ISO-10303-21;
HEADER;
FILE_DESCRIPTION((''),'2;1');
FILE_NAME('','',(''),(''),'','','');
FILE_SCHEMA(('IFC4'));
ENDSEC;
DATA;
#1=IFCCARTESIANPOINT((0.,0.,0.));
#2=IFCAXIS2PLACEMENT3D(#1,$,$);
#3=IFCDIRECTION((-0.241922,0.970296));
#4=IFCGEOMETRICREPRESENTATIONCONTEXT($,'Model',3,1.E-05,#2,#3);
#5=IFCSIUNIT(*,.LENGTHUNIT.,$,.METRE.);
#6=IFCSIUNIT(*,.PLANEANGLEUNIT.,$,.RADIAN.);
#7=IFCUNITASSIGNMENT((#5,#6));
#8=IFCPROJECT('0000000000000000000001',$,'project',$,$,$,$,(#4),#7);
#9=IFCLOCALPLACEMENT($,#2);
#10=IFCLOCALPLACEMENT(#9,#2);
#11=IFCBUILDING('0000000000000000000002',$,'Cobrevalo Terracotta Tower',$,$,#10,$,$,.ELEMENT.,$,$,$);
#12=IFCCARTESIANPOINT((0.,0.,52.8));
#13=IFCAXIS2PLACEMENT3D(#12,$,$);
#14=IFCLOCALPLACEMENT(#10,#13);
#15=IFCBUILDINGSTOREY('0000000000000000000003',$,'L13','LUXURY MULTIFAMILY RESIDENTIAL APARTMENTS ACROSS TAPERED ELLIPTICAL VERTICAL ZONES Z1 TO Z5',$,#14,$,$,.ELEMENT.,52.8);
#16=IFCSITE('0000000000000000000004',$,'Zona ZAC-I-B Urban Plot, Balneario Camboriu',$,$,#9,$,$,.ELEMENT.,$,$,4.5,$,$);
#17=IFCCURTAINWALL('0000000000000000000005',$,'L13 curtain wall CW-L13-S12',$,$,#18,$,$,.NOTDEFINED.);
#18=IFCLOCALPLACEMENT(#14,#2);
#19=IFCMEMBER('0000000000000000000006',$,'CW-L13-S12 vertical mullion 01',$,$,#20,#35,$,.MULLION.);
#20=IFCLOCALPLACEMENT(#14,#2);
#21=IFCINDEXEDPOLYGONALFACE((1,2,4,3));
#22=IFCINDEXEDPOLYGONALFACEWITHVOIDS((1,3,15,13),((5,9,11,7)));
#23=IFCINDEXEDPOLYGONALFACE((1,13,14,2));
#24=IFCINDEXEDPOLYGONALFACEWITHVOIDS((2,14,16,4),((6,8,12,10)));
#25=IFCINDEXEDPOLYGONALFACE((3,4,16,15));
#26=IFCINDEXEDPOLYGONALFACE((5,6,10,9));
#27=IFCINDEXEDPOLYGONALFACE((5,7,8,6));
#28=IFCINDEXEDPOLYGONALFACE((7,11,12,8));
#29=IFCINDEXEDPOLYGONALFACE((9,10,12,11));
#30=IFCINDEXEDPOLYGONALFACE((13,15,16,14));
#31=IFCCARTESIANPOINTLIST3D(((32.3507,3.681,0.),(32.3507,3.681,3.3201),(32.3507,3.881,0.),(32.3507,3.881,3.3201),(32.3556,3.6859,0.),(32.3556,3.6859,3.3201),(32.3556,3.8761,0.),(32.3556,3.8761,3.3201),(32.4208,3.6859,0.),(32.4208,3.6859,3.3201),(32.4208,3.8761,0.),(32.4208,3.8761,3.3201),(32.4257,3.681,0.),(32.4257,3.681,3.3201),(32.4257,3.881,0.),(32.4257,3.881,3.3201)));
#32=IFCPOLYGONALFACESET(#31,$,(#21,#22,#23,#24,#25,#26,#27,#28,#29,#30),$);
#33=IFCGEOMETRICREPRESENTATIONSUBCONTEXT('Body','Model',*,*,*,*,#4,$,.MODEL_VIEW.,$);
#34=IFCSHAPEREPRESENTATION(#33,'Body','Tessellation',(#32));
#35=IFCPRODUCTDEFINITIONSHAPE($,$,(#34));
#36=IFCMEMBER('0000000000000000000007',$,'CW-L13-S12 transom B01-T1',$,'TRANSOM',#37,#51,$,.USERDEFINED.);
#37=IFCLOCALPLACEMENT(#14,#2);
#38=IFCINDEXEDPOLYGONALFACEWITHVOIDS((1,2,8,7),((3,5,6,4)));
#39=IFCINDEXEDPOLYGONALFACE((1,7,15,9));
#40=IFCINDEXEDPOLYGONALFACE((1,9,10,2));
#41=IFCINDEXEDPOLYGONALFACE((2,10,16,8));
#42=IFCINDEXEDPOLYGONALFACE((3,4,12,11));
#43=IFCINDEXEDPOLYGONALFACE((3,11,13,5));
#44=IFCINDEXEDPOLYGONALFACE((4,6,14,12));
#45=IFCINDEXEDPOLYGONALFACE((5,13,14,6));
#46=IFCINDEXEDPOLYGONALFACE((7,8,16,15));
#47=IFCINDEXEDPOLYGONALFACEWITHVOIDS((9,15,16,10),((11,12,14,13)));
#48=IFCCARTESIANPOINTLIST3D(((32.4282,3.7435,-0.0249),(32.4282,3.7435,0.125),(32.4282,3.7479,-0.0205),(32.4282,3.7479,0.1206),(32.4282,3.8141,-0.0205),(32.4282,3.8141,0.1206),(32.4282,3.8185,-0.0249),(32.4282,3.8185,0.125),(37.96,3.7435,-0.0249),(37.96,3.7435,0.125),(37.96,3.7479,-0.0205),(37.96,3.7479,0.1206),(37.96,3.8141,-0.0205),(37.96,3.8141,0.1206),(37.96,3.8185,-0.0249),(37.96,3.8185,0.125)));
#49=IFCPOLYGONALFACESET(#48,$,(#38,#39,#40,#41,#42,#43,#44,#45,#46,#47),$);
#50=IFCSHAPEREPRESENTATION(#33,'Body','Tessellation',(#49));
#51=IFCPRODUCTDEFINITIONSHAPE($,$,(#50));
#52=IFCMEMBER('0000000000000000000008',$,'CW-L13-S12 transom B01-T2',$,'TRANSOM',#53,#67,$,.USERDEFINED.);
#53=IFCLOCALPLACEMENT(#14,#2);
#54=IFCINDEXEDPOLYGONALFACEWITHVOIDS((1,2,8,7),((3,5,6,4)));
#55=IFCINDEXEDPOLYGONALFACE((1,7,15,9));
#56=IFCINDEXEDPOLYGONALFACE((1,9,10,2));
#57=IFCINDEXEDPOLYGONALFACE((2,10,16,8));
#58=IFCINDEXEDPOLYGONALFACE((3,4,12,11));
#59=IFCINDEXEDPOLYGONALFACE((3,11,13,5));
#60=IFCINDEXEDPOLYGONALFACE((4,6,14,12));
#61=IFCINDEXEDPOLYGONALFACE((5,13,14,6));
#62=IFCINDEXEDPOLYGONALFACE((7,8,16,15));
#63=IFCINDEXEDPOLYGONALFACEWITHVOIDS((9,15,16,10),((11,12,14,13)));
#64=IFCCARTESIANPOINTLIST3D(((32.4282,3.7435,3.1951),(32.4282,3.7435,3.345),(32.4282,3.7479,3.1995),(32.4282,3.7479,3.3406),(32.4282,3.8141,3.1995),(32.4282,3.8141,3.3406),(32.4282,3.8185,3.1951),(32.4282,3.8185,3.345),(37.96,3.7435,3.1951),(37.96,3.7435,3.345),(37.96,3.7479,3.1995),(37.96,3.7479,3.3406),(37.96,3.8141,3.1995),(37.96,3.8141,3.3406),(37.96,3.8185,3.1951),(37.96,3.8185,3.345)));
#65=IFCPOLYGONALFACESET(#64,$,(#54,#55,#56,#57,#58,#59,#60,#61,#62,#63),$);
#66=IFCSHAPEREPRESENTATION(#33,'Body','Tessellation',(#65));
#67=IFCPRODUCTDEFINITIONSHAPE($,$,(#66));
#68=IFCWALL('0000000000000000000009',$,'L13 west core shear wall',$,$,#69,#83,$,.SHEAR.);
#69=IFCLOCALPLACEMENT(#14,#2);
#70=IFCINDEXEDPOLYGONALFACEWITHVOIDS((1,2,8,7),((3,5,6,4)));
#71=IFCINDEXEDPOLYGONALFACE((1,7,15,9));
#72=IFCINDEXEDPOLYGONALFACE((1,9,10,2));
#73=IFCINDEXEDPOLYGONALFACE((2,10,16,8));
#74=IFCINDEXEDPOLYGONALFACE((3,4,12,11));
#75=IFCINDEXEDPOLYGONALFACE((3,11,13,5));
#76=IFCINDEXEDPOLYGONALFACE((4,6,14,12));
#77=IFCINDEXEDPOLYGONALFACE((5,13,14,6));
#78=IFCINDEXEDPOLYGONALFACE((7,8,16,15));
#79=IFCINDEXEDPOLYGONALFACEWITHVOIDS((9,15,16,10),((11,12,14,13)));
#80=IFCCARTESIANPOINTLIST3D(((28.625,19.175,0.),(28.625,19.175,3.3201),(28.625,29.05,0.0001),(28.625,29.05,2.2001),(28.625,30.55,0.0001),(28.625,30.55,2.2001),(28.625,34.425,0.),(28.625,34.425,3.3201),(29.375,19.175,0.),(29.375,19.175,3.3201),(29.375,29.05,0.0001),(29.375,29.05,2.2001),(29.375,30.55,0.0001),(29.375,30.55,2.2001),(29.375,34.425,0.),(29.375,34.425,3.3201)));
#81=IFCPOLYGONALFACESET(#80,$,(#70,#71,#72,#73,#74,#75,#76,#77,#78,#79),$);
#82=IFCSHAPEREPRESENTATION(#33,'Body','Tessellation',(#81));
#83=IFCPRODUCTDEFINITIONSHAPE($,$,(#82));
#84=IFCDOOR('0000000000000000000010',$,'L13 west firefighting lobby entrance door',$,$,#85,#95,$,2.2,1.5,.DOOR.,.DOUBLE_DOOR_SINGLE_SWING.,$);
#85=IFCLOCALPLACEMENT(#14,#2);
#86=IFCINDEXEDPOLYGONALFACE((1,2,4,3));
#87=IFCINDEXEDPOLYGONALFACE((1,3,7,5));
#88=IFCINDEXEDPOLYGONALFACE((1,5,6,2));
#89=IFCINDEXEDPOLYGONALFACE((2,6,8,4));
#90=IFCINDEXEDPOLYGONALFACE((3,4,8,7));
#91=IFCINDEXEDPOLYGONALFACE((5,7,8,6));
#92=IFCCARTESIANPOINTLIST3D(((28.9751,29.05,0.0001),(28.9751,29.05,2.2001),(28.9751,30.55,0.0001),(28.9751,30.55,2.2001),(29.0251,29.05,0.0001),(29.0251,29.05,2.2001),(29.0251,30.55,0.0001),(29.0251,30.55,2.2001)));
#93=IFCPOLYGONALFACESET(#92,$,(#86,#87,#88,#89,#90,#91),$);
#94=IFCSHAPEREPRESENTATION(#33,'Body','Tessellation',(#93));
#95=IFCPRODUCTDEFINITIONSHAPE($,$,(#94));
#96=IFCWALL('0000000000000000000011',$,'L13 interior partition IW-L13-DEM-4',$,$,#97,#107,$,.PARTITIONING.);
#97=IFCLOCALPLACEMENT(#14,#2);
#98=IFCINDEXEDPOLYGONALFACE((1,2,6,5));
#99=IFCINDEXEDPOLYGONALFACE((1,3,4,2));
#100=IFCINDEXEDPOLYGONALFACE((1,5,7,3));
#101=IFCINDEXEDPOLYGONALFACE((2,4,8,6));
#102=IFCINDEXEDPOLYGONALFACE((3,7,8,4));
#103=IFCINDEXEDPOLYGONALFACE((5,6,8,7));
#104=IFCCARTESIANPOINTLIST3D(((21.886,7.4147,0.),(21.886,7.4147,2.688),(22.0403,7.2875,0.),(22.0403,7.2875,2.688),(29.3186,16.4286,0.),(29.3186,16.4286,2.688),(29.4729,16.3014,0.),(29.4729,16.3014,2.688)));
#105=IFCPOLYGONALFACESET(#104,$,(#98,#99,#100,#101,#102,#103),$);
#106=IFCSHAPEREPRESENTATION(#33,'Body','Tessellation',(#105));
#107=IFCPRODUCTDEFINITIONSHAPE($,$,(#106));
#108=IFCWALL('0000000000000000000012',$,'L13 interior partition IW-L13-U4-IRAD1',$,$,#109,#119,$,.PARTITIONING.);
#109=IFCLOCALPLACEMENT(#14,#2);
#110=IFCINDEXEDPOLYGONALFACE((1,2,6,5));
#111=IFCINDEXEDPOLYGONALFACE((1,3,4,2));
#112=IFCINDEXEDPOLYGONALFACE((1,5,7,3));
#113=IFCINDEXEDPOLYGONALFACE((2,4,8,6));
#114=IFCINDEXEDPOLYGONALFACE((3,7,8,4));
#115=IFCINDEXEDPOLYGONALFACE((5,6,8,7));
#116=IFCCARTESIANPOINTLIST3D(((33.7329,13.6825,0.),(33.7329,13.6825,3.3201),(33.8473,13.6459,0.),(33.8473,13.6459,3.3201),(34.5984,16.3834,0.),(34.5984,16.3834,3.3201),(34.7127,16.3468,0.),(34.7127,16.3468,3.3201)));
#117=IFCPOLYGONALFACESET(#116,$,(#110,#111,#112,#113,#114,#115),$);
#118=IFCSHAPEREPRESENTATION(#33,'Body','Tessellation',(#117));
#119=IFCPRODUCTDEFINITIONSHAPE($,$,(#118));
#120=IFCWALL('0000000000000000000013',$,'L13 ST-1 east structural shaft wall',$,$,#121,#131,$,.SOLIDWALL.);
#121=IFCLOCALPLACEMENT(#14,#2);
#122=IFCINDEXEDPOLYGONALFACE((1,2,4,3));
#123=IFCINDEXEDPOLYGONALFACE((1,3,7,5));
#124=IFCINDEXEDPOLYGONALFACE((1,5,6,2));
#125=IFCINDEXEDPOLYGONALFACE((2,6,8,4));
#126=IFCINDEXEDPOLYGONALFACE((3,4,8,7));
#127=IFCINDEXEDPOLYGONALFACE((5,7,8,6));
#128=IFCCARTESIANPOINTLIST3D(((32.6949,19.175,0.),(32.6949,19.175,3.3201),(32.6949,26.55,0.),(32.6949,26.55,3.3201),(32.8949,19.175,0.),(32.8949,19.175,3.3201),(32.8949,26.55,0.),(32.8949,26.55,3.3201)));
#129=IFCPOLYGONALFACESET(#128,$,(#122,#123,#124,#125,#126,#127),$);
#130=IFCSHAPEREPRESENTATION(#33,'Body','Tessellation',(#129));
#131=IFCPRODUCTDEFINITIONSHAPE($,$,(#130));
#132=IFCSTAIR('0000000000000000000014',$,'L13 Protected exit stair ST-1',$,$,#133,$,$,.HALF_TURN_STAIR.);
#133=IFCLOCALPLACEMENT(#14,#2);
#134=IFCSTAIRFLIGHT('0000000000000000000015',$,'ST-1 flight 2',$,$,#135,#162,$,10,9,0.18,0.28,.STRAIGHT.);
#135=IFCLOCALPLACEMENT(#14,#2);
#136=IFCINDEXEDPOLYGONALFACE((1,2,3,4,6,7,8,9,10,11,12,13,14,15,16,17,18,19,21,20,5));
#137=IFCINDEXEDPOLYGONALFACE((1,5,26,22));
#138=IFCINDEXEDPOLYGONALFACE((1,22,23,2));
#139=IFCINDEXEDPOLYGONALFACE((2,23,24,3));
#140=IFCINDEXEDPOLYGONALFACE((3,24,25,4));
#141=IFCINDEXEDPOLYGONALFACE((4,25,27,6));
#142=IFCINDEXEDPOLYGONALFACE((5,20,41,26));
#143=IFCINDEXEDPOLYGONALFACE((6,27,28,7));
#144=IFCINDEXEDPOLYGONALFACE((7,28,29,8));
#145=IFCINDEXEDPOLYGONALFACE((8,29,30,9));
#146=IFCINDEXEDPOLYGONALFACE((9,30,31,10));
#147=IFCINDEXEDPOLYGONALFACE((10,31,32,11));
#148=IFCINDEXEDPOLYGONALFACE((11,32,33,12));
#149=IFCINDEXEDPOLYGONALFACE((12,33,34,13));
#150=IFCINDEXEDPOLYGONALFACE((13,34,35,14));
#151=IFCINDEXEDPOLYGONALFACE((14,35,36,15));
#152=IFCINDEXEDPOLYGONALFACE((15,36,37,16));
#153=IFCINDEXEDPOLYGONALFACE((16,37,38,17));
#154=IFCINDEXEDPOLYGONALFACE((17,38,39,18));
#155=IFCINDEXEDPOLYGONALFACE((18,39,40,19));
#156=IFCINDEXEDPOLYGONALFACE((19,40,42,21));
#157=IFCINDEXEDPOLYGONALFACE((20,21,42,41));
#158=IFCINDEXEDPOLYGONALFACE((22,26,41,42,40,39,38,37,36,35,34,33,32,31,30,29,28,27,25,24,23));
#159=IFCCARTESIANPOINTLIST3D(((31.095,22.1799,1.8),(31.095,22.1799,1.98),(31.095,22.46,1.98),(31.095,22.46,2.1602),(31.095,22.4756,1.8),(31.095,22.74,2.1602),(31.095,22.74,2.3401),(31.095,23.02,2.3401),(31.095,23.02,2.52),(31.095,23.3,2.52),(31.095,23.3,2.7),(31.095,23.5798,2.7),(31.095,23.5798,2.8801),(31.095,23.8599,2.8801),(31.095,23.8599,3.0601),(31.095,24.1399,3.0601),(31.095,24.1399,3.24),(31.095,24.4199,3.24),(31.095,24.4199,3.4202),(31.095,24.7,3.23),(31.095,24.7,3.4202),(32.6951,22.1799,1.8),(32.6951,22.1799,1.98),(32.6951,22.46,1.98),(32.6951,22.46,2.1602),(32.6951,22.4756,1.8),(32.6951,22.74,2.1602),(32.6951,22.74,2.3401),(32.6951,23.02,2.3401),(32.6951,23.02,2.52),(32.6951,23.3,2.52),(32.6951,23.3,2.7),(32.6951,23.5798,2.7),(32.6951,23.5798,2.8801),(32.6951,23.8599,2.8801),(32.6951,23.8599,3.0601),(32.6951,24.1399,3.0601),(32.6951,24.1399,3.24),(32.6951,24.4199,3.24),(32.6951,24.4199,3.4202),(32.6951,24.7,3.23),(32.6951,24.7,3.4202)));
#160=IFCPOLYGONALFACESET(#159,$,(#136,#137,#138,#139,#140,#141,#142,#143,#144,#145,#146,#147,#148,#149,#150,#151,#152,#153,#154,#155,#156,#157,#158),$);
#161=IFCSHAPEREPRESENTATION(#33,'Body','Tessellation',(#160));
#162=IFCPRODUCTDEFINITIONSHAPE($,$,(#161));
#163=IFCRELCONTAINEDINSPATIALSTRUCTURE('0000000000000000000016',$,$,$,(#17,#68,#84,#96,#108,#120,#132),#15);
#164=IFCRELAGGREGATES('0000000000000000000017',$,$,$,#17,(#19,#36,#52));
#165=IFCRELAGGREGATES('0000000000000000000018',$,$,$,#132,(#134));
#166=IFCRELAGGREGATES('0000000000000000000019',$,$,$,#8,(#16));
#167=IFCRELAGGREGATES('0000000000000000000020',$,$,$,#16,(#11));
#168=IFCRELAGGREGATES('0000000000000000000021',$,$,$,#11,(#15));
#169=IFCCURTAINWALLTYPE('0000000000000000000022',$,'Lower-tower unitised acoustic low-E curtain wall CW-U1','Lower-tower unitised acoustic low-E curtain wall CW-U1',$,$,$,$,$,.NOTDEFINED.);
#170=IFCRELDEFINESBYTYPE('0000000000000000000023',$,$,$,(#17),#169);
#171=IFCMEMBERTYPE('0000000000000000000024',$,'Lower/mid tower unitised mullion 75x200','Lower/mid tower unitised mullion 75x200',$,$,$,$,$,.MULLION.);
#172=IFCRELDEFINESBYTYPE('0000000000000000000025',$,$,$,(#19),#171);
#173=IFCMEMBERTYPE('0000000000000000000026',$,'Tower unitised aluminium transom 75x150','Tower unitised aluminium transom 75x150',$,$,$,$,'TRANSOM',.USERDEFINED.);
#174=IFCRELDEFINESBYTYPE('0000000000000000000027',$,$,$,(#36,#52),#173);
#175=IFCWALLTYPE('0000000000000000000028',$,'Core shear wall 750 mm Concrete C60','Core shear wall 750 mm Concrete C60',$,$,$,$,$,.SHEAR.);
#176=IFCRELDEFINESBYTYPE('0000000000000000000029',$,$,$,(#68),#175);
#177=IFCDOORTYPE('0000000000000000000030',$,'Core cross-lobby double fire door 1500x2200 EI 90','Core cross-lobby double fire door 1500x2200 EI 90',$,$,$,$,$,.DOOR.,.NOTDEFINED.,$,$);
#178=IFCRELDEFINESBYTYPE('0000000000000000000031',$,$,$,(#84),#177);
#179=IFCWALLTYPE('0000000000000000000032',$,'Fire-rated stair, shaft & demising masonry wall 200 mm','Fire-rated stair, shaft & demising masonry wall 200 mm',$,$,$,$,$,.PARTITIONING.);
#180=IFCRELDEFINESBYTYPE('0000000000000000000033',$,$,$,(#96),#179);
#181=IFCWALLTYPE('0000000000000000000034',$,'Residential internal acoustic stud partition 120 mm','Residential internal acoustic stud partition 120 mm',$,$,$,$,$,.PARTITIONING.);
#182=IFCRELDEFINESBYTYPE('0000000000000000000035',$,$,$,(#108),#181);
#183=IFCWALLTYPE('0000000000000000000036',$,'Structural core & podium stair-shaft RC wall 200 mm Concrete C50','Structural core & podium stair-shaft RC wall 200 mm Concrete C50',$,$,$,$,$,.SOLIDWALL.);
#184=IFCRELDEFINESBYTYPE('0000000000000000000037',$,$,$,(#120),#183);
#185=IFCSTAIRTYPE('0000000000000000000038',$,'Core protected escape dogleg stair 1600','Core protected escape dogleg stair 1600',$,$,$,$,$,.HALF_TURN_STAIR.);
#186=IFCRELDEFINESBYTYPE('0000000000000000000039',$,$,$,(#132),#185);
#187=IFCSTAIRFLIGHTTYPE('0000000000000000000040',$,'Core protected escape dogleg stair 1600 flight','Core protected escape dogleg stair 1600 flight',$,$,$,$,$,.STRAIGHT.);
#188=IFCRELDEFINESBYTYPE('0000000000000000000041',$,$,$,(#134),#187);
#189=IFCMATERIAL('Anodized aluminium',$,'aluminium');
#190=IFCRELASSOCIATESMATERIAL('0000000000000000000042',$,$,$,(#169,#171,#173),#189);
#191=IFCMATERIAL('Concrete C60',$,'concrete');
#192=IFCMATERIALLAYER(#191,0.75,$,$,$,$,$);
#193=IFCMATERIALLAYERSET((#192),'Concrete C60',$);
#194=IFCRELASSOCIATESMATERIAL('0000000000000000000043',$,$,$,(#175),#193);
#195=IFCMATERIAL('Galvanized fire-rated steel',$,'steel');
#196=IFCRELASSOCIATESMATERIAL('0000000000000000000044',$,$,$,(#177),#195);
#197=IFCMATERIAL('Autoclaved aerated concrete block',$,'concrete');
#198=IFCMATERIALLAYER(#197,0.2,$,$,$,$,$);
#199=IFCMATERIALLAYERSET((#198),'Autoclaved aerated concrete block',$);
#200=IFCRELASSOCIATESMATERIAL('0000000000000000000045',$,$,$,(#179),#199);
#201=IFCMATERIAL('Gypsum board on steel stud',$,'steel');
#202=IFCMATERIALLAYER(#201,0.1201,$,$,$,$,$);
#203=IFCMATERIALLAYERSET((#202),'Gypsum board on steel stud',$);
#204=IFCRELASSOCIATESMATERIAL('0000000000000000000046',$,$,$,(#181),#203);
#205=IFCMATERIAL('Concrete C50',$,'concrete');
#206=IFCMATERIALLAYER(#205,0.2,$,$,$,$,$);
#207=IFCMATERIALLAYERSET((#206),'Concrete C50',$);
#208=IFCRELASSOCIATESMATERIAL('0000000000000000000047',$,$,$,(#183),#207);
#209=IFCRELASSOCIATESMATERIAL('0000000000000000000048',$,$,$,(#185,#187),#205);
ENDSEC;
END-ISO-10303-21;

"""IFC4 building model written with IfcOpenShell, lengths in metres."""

from ifc_helpers import new_model, si_unit, direction, frame, frame_2d, origin, origin_2d, place, context, subcontext, project, spatial, polyline, rectangle, hollow_rectangle, outline, extrude, source, transform, mapped, material, layer, layer_set, material_profile, profile_set, type_object, element, fill, aggregate, save


model = new_model("IFC4")

# Units and contexts
model_context = context("Model", 3, precision=1e-05, world=origin(), true_north=direction((-0.241922, 0.970296)))
body_context = subcontext(model_context, "Body", "Model", "MODEL_VIEW")
ifc_project = project(units=[si_unit("LENGTHUNIT", "METRE"), si_unit("PLANEANGLEUNIT", "RADIAN")], contexts=[model_context])

# Site, building, storey
site_placement = place(None, origin())
site = spatial("IfcSite", under=ifc_project, at=site_placement, Name="Zona ZAC-I-B Urban Plot, Balneario Camboriu", CompositionType="ELEMENT", RefElevation=4.5)
building_placement = place(site_placement, origin())
building = spatial("IfcBuilding", under=site, at=building_placement, Name="Cobrevalo Terracotta Tower", CompositionType="ELEMENT")
storey_placement = place(building_placement, frame((0.0, 0.0, 52.8)))
storey = spatial("IfcBuildingStorey", under=building, at=storey_placement, Name="L13", Description="LUXURY MULTIFAMILY RESIDENTIAL APARTMENTS ACROSS TAPERED ELLIPTICAL VERTICAL ZONES Z1 TO Z5", CompositionType="ELEMENT", Elevation=52.8)

# Curtain wall, members
ifc_material_1 = material(Name="Anodized aluminium", Category="aluminium")
curtain_wall_type = type_object("IfcCurtainWallType", Name="Lower-tower unitised acoustic low-E curtain wall CW-U1", Description="Lower-tower unitised acoustic low-E curtain wall CW-U1", PredefinedType="NOTDEFINED", material=ifc_material_1)
curtain_wall_placement = place(storey_placement, origin())
curtain_wall = element("IfcCurtainWall", 1, at=curtain_wall_placement, inside=storey, type_object=curtain_wall_type, Name="L13 curtain wall CW-L13-S12", PredefinedType="NOTDEFINED")
ifc_material_profile_1 = material_profile(ifc_material_1, hollow_rectangle(XDim=0.075, YDim=0.2, WallThickness=0.0049, at=origin_2d()), Name="CWM 75x200")
ifc_profile_set_1 = profile_set([ifc_material_profile_1], Name="Anodized aluminium")
member_type_1 = type_object("IfcMemberType", Name="Lower/mid tower unitised mullion 75x200", Description="Lower/mid tower unitised mullion 75x200", PredefinedType="MULLION", material=ifc_profile_set_1)
shared_shape_1 = source(origin(), body_context, "Body", "SweptSolid", [
    extrude(hollow_rectangle(XDim=0.075, YDim=0.2, WallThickness=0.0049, at=origin_2d()), origin(), (0.0, 0.0, 1.0), 3.3201),
])
member_1_placement = place(storey_placement, frame((32.3882, 3.781, 0.0), z_axis=(0.0, 0.0, 1.0), x_axis=(1.0, 0.0, 0.0)))
member_1 = element("IfcMember", 2, at=member_1_placement, type_object=member_type_1, Name="CW-L13-S12 vertical mullion 01", PredefinedType="MULLION", context=body_context, shape_type="MappedRepresentation", body=[
    mapped(shared_shape_1, transform((0.0, 0.0, 0.0), scale=1.0)),
])
ifc_material_profile_2 = material_profile(ifc_material_1, hollow_rectangle(XDim=0.075, YDim=0.1499, WallThickness=0.0044, at=origin_2d()), Name="CWT 75x150")
ifc_profile_set_2 = profile_set([ifc_material_profile_2], Name="Anodized aluminium")
member_type_2 = type_object("IfcMemberType", Name="Tower unitised aluminium transom 75x150", Description="Tower unitised aluminium transom 75x150", ElementType="TRANSOM", PredefinedType="USERDEFINED", material=ifc_profile_set_2)
shared_shape_2 = source(origin(), body_context, "Body", "SweptSolid", [
    extrude(hollow_rectangle(XDim=0.075, YDim=0.1499, WallThickness=0.0044, at=origin_2d()), origin(), (0.0, 0.0, 1.0), 5.5317),
])
member_2_placement = place(storey_placement, frame((32.4282, 3.781, 0.05), z_axis=(1.0, 0.0, 0.0), x_axis=(0.0, 1.0, 0.0)))
member_2 = element("IfcMember", 3, at=member_2_placement, type_object=member_type_2, Name="CW-L13-S12 transom B01-T1", ObjectType="TRANSOM", PredefinedType="USERDEFINED", context=body_context, shape_type="MappedRepresentation", body=[
    mapped(shared_shape_2, transform((0.0, 0.0, 0.0), scale=1.0)),
])
member_3_placement = place(storey_placement, frame((32.4282, 3.781, 3.27), z_axis=(1.0, 0.0, 0.0), x_axis=(0.0, 1.0, 0.0)))
member_3 = element("IfcMember", 4, at=member_3_placement, type_object=member_type_2, Name="CW-L13-S12 transom B01-T2", ObjectType="TRANSOM", PredefinedType="USERDEFINED", context=body_context, shape_type="MappedRepresentation", body=[
    mapped(shared_shape_2, transform((0.0, 0.0, 0.0), scale=1.0)),
])
aggregate(curtain_wall, [member_1, member_2, member_3])

# Wall, opening, door
ifc_material_2 = material(Name="Concrete C60", Category="concrete")
ifc_layer_1 = layer(ifc_material_2, 0.75)
ifc_layer_set_1 = layer_set([ifc_layer_1], Name="Concrete C60")
wall_type_1 = type_object("IfcWallType", Name="Core shear wall 750 mm Concrete C60", Description="Core shear wall 750 mm Concrete C60", PredefinedType="SHEAR", material=ifc_layer_set_1)
wall_1_placement = place(storey_placement, frame((29.0, 19.175, 0.0), z_axis=(0.0, 0.0, 1.0), x_axis=(0.0, 1.0, 0.0)))
wall_1 = element("IfcWall", 5, at=wall_1_placement, inside=storey, type_object=wall_type_1, Name="L13 west core shear wall", PredefinedType="SHEAR", context=body_context, shape_type="SweptSolid", body=[
    extrude(rectangle(XDim=15.25, YDim=0.75, at=frame_2d((7.625, 0.0))), origin(), (0.0, 0.0, 1.0), 3.3201),
])
opening_placement = place(wall_1_placement, frame((9.875, 0.0, 0.0)))
opening = element("IfcOpeningElement", 6, at=opening_placement, cuts=wall_1, PredefinedType="OPENING", context=body_context, shape_type="SweptSolid", body=[
    extrude(rectangle(XDim=1.5, YDim=2.2, at=frame_2d((0.75, 1.1001))), frame((0.0, 0.385, 0.0), z_axis=(0.0, -1.0, 0.0), x_axis=(1.0, 0.0, 0.0)), (0.0, 0.0, 1.0), 0.77),
])
ifc_material_3 = material(Name="Galvanized fire-rated steel", Category="steel")
door_type = type_object("IfcDoorType", Name="Core cross-lobby double fire door 1500x2200 EI 90", Description="Core cross-lobby double fire door 1500x2200 EI 90", OperationType="NOTDEFINED", PredefinedType="DOOR", material=ifc_material_3)
shared_shape_3 = source(origin(), body_context, "Body", "SweptSolid", [
    extrude(rectangle(XDim=1.5, YDim=2.2, at=frame_2d((0.75, 1.1001))), frame((0.0, 0.0249, 0.0), z_axis=(0.0, -1.0, 0.0), x_axis=(1.0, 0.0, 0.0)), (0.0, 0.0, 1.0), 0.05),
])
door_placement = place(opening_placement, origin())
door = element("IfcDoor", 7, at=door_placement, inside=storey, type_object=door_type, Name="L13 west firefighting lobby entrance door", OperationType="DOUBLE_DOOR_SINGLE_SWING", OverallHeight=2.2, OverallWidth=1.5, PredefinedType="DOOR", context=body_context, shape_type="MappedRepresentation", body=[
    mapped(shared_shape_3, transform((0.0, 0.0, 0.0), scale=1.0)),
])
fill(opening, door)

# Walls
ifc_material_4 = material(Name="Autoclaved aerated concrete block", Category="concrete")
ifc_layer_2 = layer(ifc_material_4, 0.2)
ifc_layer_set_2 = layer_set([ifc_layer_2], Name="Autoclaved aerated concrete block")
wall_type_2 = type_object("IfcWallType", Name="Fire-rated stair, shaft & demising masonry wall 200 mm", Description="Fire-rated stair, shaft & demising masonry wall 200 mm", PredefinedType="PARTITIONING", material=ifc_layer_set_2)
wall_2_placement = place(storey_placement, frame((29.3958, 16.365, 0.0), z_axis=(0.0, 0.0, 1.0), x_axis=(-0.636186, -0.771536, 0.0)))
element("IfcWall", 8, at=wall_2_placement, inside=storey, type_object=wall_type_2, Name="L13 interior partition IW-L13-DEM-4", PredefinedType="PARTITIONING", context=body_context, shape_type="SweptSolid", body=[
    extrude(rectangle(XDim=11.6831, YDim=0.2, at=frame_2d((5.8416, 0.0))), origin(), (0.0, 0.0, 1.0), 2.688),
])
ifc_material_5 = material(Name="Gypsum board on steel stud", Category="steel")
ifc_layer_3 = layer(ifc_material_5, 0.1201)
ifc_layer_set_3 = layer_set([ifc_layer_3], Name="Gypsum board on steel stud")
wall_type_3 = type_object("IfcWallType", Name="Residential internal acoustic stud partition 120 mm", Description="Residential internal acoustic stud partition 120 mm", PredefinedType="PARTITIONING", material=ifc_layer_set_3)
wall_3_placement = place(storey_placement, frame((34.6555, 16.365, 0.0), z_axis=(0.0, 0.0, 1.0), x_axis=(-0.305154, -0.952303, 0.0)))
element("IfcWall", 9, at=wall_3_placement, inside=storey, type_object=wall_type_3, Name="L13 interior partition IW-L13-U4-IRAD1", PredefinedType="PARTITIONING", context=body_context, shape_type="SweptSolid", body=[
    extrude(rectangle(XDim=2.8362, YDim=0.1201, at=frame_2d((1.418, 0.0))), origin(), (0.0, 0.0, 1.0), 3.3201),
])
ifc_material_6 = material(Name="Concrete C50", Category="concrete")
ifc_layer_4 = layer(ifc_material_6, 0.2)
ifc_layer_set_4 = layer_set([ifc_layer_4], Name="Concrete C50")
wall_type_4 = type_object("IfcWallType", Name="Structural core & podium stair-shaft RC wall 200 mm Concrete C50", Description="Structural core & podium stair-shaft RC wall 200 mm Concrete C50", PredefinedType="SOLIDWALL", material=ifc_layer_set_4)
wall_4_placement = place(storey_placement, frame((32.7949, 19.175, 0.0), z_axis=(0.0, 0.0, 1.0), x_axis=(0.0, 1.0, 0.0)))
element("IfcWall", 10, at=wall_4_placement, inside=storey, type_object=wall_type_4, Name="L13 ST-1 east structural shaft wall", PredefinedType="SOLIDWALL", context=body_context, shape_type="SweptSolid", body=[
    extrude(rectangle(XDim=7.375, YDim=0.2, at=frame_2d((3.6875, 0.0))), origin(), (0.0, 0.0, 1.0), 3.3201),
])

# Stair, stair flight
stair_type = type_object("IfcStairType", Name="Core protected escape dogleg stair 1600", Description="Core protected escape dogleg stair 1600", PredefinedType="HALF_TURN_STAIR", material=ifc_material_6)
stair_placement = place(storey_placement, origin())
stair = element("IfcStair", 11, at=stair_placement, inside=storey, type_object=stair_type, Name="L13 Protected exit stair ST-1", PredefinedType="HALF_TURN_STAIR")
stair_flight_type = type_object("IfcStairFlightType", Name="Core protected escape dogleg stair 1600 flight", Description="Core protected escape dogleg stair 1600 flight", PredefinedType="STRAIGHT", material=ifc_material_6)
stair_flight_placement = place(storey_placement, frame((31.895, 22.1799, 1.8), z_axis=(0.0, 0.0, 1.0), x_axis=(0.0, 1.0, 0.0)))
stair_flight = element("IfcStairFlight", 12, at=stair_flight_placement, type_object=stair_flight_type, Name="ST-1 flight 2", NumberOfRisers=10, NumberOfTreads=9, PredefinedType="STRAIGHT", RiserHeight=0.18, TreadLength=0.28, context=body_context, shape_type="SweptSolid", body=[
    extrude(outline(polyline([(0.0, 0.0), (0.0, 0.1799), (0.28, 0.1799), (0.28, 0.3601), (0.5601, 0.3601), (0.5601, 0.54), (0.8401, 0.54), (0.8401, 0.72), (1.1201, 0.72), (1.1201, 0.8999), (1.3999, 0.8999), (1.3999, 1.0801), (1.6799, 1.0801), (1.6799, 1.26), (1.96, 1.26), (1.96, 1.4399), (2.24, 1.4399), (2.24, 1.6201), (2.52, 1.6201), (2.52, 1.8), (2.52, 1.4299), (0.2957, 0.0), (0.0, 0.0)])), frame((0.0, 0.8, 0.0), z_axis=(0.0, -1.0, 0.0), x_axis=(1.0, 0.0, 0.0)), (0.0, 0.0, 1.0), 1.6001),
])
aggregate(stair, [stair_flight])

save(model, "model.ifc")
